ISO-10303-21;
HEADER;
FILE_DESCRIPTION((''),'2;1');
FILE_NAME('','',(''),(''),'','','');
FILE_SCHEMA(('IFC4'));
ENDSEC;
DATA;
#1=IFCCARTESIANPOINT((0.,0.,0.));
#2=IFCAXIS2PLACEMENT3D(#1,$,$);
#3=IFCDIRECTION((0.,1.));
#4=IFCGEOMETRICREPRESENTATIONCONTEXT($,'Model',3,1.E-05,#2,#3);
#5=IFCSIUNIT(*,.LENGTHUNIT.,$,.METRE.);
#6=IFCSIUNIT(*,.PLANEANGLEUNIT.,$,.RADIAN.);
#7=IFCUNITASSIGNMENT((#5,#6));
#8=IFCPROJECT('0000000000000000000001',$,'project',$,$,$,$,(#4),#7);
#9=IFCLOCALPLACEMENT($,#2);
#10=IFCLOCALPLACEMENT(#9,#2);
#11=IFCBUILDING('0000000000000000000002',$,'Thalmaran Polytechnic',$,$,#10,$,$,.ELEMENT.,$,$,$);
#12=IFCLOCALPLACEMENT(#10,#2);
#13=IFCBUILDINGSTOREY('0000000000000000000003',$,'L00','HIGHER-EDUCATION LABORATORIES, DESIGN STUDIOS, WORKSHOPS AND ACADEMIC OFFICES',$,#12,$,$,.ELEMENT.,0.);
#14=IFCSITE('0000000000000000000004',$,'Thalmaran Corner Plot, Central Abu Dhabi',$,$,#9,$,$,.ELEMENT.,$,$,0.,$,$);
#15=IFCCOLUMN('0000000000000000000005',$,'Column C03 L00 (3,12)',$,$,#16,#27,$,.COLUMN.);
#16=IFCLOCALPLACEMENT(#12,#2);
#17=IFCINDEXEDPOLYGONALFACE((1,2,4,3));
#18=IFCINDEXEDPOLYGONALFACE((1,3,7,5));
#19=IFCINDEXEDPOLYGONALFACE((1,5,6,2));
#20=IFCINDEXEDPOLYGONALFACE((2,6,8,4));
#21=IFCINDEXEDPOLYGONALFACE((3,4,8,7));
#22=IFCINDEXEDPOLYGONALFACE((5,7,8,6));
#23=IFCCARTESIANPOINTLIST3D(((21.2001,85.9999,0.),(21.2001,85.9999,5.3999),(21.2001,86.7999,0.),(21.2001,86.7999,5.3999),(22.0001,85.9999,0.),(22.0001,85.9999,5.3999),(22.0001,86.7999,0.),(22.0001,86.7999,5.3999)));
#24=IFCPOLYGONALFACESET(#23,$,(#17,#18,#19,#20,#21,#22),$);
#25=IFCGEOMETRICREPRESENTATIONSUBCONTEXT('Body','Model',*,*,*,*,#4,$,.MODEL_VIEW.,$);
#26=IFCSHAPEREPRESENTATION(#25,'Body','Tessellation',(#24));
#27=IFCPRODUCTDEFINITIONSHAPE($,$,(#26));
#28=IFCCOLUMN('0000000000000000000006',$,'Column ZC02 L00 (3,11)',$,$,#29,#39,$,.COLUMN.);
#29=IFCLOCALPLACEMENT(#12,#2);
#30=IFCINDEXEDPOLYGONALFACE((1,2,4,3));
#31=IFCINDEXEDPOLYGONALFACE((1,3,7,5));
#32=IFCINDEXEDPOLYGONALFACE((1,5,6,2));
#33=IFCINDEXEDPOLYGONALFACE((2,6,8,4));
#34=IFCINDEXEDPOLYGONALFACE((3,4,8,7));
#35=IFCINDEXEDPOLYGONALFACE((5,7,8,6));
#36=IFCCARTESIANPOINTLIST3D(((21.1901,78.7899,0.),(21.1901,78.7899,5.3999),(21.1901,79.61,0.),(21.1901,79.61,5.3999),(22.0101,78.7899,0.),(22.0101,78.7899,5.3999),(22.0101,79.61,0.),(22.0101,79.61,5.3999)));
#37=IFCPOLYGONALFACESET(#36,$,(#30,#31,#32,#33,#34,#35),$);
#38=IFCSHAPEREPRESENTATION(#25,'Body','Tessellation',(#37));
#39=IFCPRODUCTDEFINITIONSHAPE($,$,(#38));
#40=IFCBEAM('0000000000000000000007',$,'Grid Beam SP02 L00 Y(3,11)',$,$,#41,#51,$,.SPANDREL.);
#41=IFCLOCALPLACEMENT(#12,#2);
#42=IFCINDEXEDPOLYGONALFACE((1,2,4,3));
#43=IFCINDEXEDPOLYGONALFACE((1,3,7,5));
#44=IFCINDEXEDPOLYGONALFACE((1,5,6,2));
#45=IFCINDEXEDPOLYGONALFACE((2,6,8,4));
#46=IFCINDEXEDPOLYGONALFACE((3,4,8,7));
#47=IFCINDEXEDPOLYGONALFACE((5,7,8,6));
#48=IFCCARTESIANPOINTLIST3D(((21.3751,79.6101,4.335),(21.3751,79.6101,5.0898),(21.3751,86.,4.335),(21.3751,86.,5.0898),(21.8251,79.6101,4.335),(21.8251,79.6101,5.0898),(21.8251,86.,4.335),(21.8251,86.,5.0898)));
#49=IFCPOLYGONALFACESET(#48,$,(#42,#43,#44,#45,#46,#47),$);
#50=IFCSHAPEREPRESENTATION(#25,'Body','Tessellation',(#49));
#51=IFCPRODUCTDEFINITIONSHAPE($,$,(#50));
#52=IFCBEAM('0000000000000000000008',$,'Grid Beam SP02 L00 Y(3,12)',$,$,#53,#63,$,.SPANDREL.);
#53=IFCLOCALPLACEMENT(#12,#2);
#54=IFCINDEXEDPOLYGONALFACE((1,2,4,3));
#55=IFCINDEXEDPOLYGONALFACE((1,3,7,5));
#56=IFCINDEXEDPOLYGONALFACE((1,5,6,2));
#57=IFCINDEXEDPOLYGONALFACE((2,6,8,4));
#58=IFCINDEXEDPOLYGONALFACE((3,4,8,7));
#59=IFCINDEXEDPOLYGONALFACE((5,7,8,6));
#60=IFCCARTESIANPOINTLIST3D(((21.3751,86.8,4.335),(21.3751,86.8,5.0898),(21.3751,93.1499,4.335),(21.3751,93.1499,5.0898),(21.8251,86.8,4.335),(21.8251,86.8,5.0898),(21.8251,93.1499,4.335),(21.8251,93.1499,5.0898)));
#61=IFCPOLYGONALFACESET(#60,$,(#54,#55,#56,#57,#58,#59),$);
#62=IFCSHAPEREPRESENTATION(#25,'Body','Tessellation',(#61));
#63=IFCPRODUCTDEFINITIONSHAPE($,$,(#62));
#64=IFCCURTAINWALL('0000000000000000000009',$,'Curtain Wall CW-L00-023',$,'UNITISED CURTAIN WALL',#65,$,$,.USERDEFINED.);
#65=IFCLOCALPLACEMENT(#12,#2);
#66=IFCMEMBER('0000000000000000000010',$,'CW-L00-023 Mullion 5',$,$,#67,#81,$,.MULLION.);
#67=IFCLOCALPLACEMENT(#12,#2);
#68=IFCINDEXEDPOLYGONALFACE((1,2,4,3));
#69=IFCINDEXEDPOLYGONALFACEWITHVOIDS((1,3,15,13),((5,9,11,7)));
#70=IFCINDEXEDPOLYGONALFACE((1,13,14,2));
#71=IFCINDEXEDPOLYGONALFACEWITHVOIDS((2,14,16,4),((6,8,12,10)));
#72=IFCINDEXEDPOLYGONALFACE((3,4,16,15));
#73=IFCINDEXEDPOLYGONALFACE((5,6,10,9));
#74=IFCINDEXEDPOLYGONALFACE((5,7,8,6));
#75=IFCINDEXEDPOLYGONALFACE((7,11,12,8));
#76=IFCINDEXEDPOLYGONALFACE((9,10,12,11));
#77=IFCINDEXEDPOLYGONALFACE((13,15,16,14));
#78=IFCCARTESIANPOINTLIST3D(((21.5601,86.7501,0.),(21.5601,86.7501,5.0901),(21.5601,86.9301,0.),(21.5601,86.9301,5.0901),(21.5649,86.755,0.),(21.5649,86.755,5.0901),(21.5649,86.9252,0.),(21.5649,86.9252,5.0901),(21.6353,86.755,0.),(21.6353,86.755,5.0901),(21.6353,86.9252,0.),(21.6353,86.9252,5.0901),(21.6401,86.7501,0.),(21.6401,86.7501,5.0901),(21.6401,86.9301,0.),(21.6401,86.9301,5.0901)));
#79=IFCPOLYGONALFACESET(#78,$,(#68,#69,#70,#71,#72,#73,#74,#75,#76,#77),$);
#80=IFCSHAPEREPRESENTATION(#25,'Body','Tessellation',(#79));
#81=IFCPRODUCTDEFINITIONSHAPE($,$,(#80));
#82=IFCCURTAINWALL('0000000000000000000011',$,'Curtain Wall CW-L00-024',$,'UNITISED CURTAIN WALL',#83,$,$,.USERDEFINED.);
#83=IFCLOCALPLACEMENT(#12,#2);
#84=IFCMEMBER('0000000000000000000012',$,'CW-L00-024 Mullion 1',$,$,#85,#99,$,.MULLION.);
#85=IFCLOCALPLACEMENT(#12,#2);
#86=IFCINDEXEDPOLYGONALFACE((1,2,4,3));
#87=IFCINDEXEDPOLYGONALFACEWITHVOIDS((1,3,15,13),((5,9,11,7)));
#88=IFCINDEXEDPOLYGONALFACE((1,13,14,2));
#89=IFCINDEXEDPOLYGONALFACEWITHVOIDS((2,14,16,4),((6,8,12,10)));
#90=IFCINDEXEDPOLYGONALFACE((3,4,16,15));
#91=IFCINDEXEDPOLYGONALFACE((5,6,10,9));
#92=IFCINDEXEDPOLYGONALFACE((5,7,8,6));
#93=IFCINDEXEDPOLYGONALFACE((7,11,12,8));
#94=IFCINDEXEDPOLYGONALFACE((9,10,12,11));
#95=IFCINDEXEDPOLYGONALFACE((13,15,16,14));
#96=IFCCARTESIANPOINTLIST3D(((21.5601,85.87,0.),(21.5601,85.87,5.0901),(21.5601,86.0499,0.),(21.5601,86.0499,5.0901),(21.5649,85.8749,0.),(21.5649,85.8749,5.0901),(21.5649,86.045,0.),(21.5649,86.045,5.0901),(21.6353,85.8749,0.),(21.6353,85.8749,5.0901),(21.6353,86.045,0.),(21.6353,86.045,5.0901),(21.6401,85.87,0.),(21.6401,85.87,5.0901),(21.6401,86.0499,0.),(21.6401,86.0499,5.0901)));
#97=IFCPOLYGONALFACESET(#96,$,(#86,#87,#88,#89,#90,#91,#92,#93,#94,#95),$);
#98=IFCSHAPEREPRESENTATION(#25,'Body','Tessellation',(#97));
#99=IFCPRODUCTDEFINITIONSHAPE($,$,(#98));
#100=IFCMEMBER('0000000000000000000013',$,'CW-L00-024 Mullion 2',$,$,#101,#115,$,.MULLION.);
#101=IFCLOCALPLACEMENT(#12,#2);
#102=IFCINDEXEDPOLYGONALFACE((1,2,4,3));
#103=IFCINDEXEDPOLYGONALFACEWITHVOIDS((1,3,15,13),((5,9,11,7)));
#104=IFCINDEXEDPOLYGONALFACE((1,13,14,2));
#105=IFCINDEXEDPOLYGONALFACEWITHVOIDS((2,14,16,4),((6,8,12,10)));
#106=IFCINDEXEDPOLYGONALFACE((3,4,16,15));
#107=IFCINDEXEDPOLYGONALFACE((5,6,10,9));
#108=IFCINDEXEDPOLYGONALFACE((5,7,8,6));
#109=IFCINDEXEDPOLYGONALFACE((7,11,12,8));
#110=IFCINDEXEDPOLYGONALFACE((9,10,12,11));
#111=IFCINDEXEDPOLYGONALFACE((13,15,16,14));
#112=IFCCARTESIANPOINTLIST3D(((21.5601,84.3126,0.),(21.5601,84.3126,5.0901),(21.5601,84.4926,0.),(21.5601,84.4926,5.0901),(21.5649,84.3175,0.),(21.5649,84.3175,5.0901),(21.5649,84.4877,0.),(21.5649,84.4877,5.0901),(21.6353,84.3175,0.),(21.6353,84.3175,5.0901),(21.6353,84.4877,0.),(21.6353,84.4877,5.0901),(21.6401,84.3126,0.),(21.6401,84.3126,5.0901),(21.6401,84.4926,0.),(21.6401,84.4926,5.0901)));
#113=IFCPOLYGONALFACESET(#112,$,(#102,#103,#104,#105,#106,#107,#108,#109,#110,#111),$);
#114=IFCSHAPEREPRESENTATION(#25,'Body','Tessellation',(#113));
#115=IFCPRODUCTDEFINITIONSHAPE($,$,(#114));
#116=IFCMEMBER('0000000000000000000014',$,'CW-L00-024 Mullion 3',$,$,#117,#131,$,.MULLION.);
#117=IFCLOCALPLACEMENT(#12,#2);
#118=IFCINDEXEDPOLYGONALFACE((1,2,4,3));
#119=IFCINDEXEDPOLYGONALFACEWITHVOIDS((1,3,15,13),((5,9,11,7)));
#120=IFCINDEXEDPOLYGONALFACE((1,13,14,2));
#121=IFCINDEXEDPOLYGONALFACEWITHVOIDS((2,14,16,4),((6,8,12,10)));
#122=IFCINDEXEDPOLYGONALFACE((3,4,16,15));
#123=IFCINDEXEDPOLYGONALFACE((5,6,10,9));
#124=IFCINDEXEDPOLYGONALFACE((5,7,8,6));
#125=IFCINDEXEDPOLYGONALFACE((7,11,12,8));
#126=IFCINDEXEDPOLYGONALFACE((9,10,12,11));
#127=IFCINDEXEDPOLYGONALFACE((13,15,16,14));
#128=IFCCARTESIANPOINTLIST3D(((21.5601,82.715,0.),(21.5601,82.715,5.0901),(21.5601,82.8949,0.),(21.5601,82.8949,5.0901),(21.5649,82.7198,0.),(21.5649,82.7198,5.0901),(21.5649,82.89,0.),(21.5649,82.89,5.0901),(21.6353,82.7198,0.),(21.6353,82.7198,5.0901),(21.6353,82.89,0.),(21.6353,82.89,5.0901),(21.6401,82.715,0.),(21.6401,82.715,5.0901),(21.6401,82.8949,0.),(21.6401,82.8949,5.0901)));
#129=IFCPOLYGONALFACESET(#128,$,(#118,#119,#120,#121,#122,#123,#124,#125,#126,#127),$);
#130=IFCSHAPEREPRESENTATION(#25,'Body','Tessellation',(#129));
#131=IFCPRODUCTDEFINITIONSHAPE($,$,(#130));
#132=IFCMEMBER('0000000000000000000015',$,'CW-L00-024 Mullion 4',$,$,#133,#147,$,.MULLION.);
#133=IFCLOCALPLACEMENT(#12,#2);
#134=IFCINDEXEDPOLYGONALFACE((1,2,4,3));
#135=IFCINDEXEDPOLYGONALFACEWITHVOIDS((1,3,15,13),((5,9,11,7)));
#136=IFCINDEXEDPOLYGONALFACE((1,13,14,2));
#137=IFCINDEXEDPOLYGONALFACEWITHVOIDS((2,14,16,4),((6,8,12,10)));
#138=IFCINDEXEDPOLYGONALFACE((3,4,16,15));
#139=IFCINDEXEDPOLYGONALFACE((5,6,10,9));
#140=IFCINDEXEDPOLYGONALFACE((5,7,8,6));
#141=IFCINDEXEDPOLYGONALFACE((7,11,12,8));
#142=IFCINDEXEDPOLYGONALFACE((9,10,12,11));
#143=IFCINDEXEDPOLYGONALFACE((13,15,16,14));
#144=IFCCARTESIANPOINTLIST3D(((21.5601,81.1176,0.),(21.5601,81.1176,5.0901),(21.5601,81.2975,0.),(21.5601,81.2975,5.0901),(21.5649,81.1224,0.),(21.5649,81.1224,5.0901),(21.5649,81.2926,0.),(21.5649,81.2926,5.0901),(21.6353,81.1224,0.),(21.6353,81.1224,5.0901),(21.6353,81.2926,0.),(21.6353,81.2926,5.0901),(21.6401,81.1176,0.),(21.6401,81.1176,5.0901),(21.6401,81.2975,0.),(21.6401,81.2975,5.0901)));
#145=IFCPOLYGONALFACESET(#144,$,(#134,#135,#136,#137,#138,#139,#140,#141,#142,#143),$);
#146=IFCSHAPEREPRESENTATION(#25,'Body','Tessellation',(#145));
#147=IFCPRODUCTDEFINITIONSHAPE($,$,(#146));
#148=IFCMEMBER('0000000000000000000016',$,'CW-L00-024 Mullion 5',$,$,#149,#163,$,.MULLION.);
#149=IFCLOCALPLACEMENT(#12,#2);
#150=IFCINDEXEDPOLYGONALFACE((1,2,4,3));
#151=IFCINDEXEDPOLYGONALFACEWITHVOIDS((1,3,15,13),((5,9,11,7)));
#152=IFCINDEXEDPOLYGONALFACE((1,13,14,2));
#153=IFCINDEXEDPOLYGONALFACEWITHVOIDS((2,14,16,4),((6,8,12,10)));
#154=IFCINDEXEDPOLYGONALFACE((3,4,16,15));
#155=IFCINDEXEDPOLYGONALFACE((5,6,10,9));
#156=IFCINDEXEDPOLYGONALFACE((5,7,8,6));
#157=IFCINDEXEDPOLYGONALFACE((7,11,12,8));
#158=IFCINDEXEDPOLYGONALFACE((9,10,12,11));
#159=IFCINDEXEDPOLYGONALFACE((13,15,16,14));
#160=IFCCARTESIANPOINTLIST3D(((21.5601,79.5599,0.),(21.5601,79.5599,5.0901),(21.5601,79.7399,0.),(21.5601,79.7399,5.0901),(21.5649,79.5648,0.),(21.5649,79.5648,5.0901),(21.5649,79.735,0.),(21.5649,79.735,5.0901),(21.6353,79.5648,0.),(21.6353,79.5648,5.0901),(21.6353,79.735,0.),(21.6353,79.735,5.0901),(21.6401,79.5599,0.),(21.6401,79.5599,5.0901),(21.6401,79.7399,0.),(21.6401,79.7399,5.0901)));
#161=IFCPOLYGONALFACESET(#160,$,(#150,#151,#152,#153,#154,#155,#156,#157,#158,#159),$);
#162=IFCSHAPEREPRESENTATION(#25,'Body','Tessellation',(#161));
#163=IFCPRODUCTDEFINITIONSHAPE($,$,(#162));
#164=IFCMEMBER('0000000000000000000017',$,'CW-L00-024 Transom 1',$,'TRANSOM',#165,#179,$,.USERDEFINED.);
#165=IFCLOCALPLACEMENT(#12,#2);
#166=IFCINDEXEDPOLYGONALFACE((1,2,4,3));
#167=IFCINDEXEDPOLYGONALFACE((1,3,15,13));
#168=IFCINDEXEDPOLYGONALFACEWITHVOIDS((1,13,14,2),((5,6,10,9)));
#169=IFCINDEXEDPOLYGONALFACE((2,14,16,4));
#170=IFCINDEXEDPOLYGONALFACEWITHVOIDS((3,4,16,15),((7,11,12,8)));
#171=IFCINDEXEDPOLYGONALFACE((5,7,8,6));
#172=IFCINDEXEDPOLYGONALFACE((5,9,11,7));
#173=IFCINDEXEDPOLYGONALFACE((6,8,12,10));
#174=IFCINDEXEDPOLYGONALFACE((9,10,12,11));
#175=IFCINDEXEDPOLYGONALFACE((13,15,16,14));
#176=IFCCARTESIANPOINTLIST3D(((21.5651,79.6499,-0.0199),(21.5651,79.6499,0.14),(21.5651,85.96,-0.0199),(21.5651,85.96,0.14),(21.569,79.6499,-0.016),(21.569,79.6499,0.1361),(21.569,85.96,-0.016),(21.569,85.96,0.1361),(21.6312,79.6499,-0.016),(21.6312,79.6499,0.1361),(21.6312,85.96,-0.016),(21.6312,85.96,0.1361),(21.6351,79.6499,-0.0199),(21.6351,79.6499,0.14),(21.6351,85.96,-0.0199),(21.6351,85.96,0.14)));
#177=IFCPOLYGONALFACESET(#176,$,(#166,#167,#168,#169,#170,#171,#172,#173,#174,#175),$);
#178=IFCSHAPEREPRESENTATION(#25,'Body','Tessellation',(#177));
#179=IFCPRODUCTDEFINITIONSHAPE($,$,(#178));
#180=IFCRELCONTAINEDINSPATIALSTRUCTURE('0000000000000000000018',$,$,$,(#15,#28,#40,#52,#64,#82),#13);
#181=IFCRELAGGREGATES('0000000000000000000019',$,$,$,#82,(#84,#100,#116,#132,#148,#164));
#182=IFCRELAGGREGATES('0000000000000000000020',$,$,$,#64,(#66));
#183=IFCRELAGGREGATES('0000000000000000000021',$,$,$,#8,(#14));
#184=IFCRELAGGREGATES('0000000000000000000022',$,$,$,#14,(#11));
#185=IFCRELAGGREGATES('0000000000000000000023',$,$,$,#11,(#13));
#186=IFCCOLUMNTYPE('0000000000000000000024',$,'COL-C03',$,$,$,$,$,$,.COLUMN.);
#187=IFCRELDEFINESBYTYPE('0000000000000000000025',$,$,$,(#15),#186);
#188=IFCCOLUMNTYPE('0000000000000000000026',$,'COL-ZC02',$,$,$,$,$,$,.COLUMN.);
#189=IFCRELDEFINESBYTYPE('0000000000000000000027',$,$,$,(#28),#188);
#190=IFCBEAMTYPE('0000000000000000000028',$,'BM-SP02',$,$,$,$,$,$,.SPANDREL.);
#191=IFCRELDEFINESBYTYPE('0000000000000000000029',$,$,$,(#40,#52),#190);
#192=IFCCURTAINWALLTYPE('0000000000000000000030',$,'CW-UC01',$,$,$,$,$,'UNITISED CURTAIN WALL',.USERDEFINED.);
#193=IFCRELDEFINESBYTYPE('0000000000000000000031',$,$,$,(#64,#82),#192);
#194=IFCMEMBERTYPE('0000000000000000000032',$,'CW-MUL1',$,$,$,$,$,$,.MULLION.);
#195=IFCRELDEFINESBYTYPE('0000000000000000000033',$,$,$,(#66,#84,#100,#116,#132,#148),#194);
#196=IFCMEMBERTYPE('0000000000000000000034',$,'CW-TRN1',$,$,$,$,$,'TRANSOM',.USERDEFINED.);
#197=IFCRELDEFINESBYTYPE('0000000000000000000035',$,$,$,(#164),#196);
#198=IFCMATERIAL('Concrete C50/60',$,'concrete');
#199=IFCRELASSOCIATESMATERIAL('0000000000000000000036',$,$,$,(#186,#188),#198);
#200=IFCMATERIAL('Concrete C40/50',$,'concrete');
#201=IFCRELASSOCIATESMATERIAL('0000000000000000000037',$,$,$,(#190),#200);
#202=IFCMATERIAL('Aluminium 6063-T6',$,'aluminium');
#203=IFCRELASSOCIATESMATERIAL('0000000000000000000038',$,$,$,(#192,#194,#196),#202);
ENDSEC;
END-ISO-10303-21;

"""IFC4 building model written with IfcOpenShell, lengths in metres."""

from ifc_helpers import new_model, si_unit, direction, frame, origin, origin_2d, place, context, subcontext, project, spatial, rectangle, hollow_rectangle, extrude, material, material_profile, profile_set, type_object, element, aggregate, save


model = new_model("IFC4")

# Units and contexts
model_context = context("Model", 3, precision=1e-05, world=origin(), true_north=direction((0.0, 1.0)))
body_context = subcontext(model_context, "Body", "Model", "MODEL_VIEW")
ifc_project = project(units=[si_unit("LENGTHUNIT", "METRE"), si_unit("PLANEANGLEUNIT", "RADIAN")], contexts=[model_context])

# Site, building, storey
site_placement = place(None, origin())
site = spatial("IfcSite", under=ifc_project, at=site_placement, Name="Thalmaran Corner Plot, Central Abu Dhabi", CompositionType="ELEMENT", RefElevation=0.0)
building_placement = place(site_placement, origin())
building = spatial("IfcBuilding", under=site, at=building_placement, Name="Thalmaran Polytechnic", CompositionType="ELEMENT")
storey_placement = place(building_placement, origin())
storey = spatial("IfcBuildingStorey", under=building, at=storey_placement, Name="L00", Description="HIGHER-EDUCATION LABORATORIES, DESIGN STUDIOS, WORKSHOPS AND ACADEMIC OFFICES", CompositionType="ELEMENT", Elevation=0.0)

# Columns
ifc_material_1 = material(Name="Concrete C50/60", Category="concrete")
ifc_material_profile_1 = material_profile(ifc_material_1, rectangle(XDim=0.8, YDim=0.8, at=origin_2d()), Name="RC 800x800")
ifc_profile_set_1 = profile_set([ifc_material_profile_1], Name="Concrete C50/60")
column_type_1 = type_object("IfcColumnType", Name="COL-C03", PredefinedType="COLUMN", material=ifc_profile_set_1)
column_1_placement = place(storey_placement, frame((21.6001, 86.3999, 0.0), z_axis=(0.0, 0.0, 1.0), x_axis=(1.0, 0.0, 0.0)))
element("IfcColumn", 1, at=column_1_placement, inside=storey, type_object=column_type_1, Name="Column C03 L00 (3,12)", PredefinedType="COLUMN", context=body_context, shape_type="SweptSolid", body=[
    extrude(rectangle(XDim=0.8, YDim=0.8, at=origin_2d()), origin(), (0.0, 0.0, 1.0), 5.3999),
])
ifc_material_profile_2 = material_profile(ifc_material_1, rectangle(XDim=0.8201, YDim=0.8201, at=origin_2d()), Name="RC 820x820")
ifc_profile_set_2 = profile_set([ifc_material_profile_2], Name="Concrete C50/60")
column_type_2 = type_object("IfcColumnType", Name="COL-ZC02", PredefinedType="COLUMN", material=ifc_profile_set_2)
column_2_placement = place(storey_placement, frame((21.6001, 79.2, 0.0), z_axis=(0.0, 0.0, 1.0), x_axis=(1.0, 0.0, 0.0)))
element("IfcColumn", 2, at=column_2_placement, inside=storey, type_object=column_type_2, Name="Column ZC02 L00 (3,11)", PredefinedType="COLUMN", context=body_context, shape_type="SweptSolid", body=[
    extrude(rectangle(XDim=0.8201, YDim=0.8201, at=origin_2d()), origin(), (0.0, 0.0, 1.0), 5.3999),
])

# Beams
ifc_material_2 = material(Name="Concrete C40/50", Category="concrete")
ifc_material_profile_3 = material_profile(ifc_material_2, rectangle(XDim=0.45, YDim=0.7549, at=origin_2d()), Name="RC 450x755")
ifc_profile_set_3 = profile_set([ifc_material_profile_3], Name="Concrete C40/50")
beam_type = type_object("IfcBeamType", Name="BM-SP02", PredefinedType="SPANDREL", material=ifc_profile_set_3)
beam_1_placement = place(storey_placement, frame((21.6001, 79.6101, 4.7124), z_axis=(0.0, 1.0, 0.0), x_axis=(-1.0, 0.0, 0.0)))
element("IfcBeam", 3, at=beam_1_placement, inside=storey, type_object=beam_type, Name="Grid Beam SP02 L00 Y(3,11)", PredefinedType="SPANDREL", context=body_context, shape_type="SweptSolid", body=[
    extrude(rectangle(XDim=0.45, YDim=0.7549, at=origin_2d()), origin(), (0.0, 0.0, 1.0), 6.3899),
])
beam_2_placement = place(storey_placement, frame((21.6001, 86.8, 4.7124), z_axis=(0.0, 1.0, 0.0), x_axis=(-1.0, 0.0, 0.0)))
element("IfcBeam", 4, at=beam_2_placement, inside=storey, type_object=beam_type, Name="Grid Beam SP02 L00 Y(3,12)", PredefinedType="SPANDREL", context=body_context, shape_type="SweptSolid", body=[
    extrude(rectangle(XDim=0.45, YDim=0.7549, at=origin_2d()), origin(), (0.0, 0.0, 1.0), 6.3499),
])

# Curtain wall, member
ifc_material_3 = material(Name="Aluminium 6063-T6", Category="aluminium")
curtain_wall_type = type_object("IfcCurtainWallType", Name="CW-UC01", ElementType="UNITISED CURTAIN WALL", PredefinedType="USERDEFINED", material=ifc_material_3)
curtain_wall_1_placement = place(storey_placement, origin())
curtain_wall_1 = element("IfcCurtainWall", 5, at=curtain_wall_1_placement, inside=storey, type_object=curtain_wall_type, Name="Curtain Wall CW-L00-023", ObjectType="UNITISED CURTAIN WALL", PredefinedType="USERDEFINED")
ifc_material_profile_4 = material_profile(ifc_material_3, hollow_rectangle(XDim=0.0801, YDim=0.1799, WallThickness=0.0049, at=origin_2d()), Name="RHS 180x80x5.0")
ifc_profile_set_4 = profile_set([ifc_material_profile_4], Name="Aluminium 6063-T6")
member_type_1 = type_object("IfcMemberType", Name="CW-MUL1", PredefinedType="MULLION", material=ifc_profile_set_4)
member_1_placement = place(storey_placement, frame((21.6001, 86.8401, 0.0), z_axis=(0.0, 0.0, 1.0), x_axis=(1.0, 0.0, 0.0)))
member_1 = element("IfcMember", 6, at=member_1_placement, type_object=member_type_1, Name="CW-L00-023 Mullion 5", PredefinedType="MULLION", context=body_context, shape_type="SweptSolid", body=[
    extrude(hollow_rectangle(XDim=0.0801, YDim=0.1799, WallThickness=0.0049, at=origin_2d()), origin(), (0.0, 0.0, 1.0), 5.0901),
])

# Curtain wall, members
curtain_wall_2_placement = place(storey_placement, origin())
curtain_wall_2 = element("IfcCurtainWall", 7, at=curtain_wall_2_placement, inside=storey, type_object=curtain_wall_type, Name="Curtain Wall CW-L00-024", ObjectType="UNITISED CURTAIN WALL", PredefinedType="USERDEFINED")
member_2_placement = place(storey_placement, frame((21.6001, 85.96, 0.0), z_axis=(0.0, 0.0, 1.0), x_axis=(1.0, 0.0, 0.0)))
member_2 = element("IfcMember", 8, at=member_2_placement, type_object=member_type_1, Name="CW-L00-024 Mullion 1", PredefinedType="MULLION", context=body_context, shape_type="SweptSolid", body=[
    extrude(hollow_rectangle(XDim=0.0801, YDim=0.1799, WallThickness=0.0049, at=origin_2d()), origin(), (0.0, 0.0, 1.0), 5.0901),
])
member_3_placement = place(storey_placement, frame((21.6001, 84.4026, 0.0), z_axis=(0.0, 0.0, 1.0), x_axis=(1.0, 0.0, 0.0)))
member_3 = element("IfcMember", 9, at=member_3_placement, type_object=member_type_1, Name="CW-L00-024 Mullion 2", PredefinedType="MULLION", context=body_context, shape_type="SweptSolid", body=[
    extrude(hollow_rectangle(XDim=0.0801, YDim=0.1799, WallThickness=0.0049, at=origin_2d()), origin(), (0.0, 0.0, 1.0), 5.0901),
])
member_4_placement = place(storey_placement, frame((21.6001, 82.8049, 0.0), z_axis=(0.0, 0.0, 1.0), x_axis=(1.0, 0.0, 0.0)))
member_4 = element("IfcMember", 10, at=member_4_placement, type_object=member_type_1, Name="CW-L00-024 Mullion 3", PredefinedType="MULLION", context=body_context, shape_type="SweptSolid", body=[
    extrude(hollow_rectangle(XDim=0.0801, YDim=0.1799, WallThickness=0.0049, at=origin_2d()), origin(), (0.0, 0.0, 1.0), 5.0901),
])
member_5_placement = place(storey_placement, frame((21.6001, 81.2075, 0.0), z_axis=(0.0, 0.0, 1.0), x_axis=(1.0, 0.0, 0.0)))
member_5 = element("IfcMember", 11, at=member_5_placement, type_object=member_type_1, Name="CW-L00-024 Mullion 4", PredefinedType="MULLION", context=body_context, shape_type="SweptSolid", body=[
    extrude(hollow_rectangle(XDim=0.0801, YDim=0.1799, WallThickness=0.0049, at=origin_2d()), origin(), (0.0, 0.0, 1.0), 5.0901),
])
member_6_placement = place(storey_placement, frame((21.6001, 79.6499, 0.0), z_axis=(0.0, 0.0, 1.0), x_axis=(1.0, 0.0, 0.0)))
member_6 = element("IfcMember", 12, at=member_6_placement, type_object=member_type_1, Name="CW-L00-024 Mullion 5", PredefinedType="MULLION", context=body_context, shape_type="SweptSolid", body=[
    extrude(hollow_rectangle(XDim=0.0801, YDim=0.1799, WallThickness=0.0049, at=origin_2d()), origin(), (0.0, 0.0, 1.0), 5.0901),
])
ifc_material_profile_5 = material_profile(ifc_material_3, hollow_rectangle(XDim=0.0701, YDim=0.1599, WallThickness=0.0039, at=origin_2d()), Name="AL 160x70x4.0")
ifc_profile_set_5 = profile_set([ifc_material_profile_5], Name="Aluminium 6063-T6")
member_type_2 = type_object("IfcMemberType", Name="CW-TRN1", ElementType="TRANSOM", PredefinedType="USERDEFINED", material=ifc_profile_set_5)
member_7_placement = place(storey_placement, frame((21.6001, 85.96, 0.0601), z_axis=(0.0, -1.0, 0.0), x_axis=(1.0, 0.0, 0.0)))
member_7 = element("IfcMember", 13, at=member_7_placement, type_object=member_type_2, Name="CW-L00-024 Transom 1", ObjectType="TRANSOM", PredefinedType="USERDEFINED", context=body_context, shape_type="SweptSolid", body=[
    extrude(hollow_rectangle(XDim=0.0701, YDim=0.1599, WallThickness=0.0039, at=origin_2d()), origin(), (0.0, 0.0, 1.0), 6.3101),
])

aggregate(curtain_wall_2, [member_2, member_3, member_4, member_5, member_6, member_7])
aggregate(curtain_wall_1, [member_1])

save(model, "model.ifc")
